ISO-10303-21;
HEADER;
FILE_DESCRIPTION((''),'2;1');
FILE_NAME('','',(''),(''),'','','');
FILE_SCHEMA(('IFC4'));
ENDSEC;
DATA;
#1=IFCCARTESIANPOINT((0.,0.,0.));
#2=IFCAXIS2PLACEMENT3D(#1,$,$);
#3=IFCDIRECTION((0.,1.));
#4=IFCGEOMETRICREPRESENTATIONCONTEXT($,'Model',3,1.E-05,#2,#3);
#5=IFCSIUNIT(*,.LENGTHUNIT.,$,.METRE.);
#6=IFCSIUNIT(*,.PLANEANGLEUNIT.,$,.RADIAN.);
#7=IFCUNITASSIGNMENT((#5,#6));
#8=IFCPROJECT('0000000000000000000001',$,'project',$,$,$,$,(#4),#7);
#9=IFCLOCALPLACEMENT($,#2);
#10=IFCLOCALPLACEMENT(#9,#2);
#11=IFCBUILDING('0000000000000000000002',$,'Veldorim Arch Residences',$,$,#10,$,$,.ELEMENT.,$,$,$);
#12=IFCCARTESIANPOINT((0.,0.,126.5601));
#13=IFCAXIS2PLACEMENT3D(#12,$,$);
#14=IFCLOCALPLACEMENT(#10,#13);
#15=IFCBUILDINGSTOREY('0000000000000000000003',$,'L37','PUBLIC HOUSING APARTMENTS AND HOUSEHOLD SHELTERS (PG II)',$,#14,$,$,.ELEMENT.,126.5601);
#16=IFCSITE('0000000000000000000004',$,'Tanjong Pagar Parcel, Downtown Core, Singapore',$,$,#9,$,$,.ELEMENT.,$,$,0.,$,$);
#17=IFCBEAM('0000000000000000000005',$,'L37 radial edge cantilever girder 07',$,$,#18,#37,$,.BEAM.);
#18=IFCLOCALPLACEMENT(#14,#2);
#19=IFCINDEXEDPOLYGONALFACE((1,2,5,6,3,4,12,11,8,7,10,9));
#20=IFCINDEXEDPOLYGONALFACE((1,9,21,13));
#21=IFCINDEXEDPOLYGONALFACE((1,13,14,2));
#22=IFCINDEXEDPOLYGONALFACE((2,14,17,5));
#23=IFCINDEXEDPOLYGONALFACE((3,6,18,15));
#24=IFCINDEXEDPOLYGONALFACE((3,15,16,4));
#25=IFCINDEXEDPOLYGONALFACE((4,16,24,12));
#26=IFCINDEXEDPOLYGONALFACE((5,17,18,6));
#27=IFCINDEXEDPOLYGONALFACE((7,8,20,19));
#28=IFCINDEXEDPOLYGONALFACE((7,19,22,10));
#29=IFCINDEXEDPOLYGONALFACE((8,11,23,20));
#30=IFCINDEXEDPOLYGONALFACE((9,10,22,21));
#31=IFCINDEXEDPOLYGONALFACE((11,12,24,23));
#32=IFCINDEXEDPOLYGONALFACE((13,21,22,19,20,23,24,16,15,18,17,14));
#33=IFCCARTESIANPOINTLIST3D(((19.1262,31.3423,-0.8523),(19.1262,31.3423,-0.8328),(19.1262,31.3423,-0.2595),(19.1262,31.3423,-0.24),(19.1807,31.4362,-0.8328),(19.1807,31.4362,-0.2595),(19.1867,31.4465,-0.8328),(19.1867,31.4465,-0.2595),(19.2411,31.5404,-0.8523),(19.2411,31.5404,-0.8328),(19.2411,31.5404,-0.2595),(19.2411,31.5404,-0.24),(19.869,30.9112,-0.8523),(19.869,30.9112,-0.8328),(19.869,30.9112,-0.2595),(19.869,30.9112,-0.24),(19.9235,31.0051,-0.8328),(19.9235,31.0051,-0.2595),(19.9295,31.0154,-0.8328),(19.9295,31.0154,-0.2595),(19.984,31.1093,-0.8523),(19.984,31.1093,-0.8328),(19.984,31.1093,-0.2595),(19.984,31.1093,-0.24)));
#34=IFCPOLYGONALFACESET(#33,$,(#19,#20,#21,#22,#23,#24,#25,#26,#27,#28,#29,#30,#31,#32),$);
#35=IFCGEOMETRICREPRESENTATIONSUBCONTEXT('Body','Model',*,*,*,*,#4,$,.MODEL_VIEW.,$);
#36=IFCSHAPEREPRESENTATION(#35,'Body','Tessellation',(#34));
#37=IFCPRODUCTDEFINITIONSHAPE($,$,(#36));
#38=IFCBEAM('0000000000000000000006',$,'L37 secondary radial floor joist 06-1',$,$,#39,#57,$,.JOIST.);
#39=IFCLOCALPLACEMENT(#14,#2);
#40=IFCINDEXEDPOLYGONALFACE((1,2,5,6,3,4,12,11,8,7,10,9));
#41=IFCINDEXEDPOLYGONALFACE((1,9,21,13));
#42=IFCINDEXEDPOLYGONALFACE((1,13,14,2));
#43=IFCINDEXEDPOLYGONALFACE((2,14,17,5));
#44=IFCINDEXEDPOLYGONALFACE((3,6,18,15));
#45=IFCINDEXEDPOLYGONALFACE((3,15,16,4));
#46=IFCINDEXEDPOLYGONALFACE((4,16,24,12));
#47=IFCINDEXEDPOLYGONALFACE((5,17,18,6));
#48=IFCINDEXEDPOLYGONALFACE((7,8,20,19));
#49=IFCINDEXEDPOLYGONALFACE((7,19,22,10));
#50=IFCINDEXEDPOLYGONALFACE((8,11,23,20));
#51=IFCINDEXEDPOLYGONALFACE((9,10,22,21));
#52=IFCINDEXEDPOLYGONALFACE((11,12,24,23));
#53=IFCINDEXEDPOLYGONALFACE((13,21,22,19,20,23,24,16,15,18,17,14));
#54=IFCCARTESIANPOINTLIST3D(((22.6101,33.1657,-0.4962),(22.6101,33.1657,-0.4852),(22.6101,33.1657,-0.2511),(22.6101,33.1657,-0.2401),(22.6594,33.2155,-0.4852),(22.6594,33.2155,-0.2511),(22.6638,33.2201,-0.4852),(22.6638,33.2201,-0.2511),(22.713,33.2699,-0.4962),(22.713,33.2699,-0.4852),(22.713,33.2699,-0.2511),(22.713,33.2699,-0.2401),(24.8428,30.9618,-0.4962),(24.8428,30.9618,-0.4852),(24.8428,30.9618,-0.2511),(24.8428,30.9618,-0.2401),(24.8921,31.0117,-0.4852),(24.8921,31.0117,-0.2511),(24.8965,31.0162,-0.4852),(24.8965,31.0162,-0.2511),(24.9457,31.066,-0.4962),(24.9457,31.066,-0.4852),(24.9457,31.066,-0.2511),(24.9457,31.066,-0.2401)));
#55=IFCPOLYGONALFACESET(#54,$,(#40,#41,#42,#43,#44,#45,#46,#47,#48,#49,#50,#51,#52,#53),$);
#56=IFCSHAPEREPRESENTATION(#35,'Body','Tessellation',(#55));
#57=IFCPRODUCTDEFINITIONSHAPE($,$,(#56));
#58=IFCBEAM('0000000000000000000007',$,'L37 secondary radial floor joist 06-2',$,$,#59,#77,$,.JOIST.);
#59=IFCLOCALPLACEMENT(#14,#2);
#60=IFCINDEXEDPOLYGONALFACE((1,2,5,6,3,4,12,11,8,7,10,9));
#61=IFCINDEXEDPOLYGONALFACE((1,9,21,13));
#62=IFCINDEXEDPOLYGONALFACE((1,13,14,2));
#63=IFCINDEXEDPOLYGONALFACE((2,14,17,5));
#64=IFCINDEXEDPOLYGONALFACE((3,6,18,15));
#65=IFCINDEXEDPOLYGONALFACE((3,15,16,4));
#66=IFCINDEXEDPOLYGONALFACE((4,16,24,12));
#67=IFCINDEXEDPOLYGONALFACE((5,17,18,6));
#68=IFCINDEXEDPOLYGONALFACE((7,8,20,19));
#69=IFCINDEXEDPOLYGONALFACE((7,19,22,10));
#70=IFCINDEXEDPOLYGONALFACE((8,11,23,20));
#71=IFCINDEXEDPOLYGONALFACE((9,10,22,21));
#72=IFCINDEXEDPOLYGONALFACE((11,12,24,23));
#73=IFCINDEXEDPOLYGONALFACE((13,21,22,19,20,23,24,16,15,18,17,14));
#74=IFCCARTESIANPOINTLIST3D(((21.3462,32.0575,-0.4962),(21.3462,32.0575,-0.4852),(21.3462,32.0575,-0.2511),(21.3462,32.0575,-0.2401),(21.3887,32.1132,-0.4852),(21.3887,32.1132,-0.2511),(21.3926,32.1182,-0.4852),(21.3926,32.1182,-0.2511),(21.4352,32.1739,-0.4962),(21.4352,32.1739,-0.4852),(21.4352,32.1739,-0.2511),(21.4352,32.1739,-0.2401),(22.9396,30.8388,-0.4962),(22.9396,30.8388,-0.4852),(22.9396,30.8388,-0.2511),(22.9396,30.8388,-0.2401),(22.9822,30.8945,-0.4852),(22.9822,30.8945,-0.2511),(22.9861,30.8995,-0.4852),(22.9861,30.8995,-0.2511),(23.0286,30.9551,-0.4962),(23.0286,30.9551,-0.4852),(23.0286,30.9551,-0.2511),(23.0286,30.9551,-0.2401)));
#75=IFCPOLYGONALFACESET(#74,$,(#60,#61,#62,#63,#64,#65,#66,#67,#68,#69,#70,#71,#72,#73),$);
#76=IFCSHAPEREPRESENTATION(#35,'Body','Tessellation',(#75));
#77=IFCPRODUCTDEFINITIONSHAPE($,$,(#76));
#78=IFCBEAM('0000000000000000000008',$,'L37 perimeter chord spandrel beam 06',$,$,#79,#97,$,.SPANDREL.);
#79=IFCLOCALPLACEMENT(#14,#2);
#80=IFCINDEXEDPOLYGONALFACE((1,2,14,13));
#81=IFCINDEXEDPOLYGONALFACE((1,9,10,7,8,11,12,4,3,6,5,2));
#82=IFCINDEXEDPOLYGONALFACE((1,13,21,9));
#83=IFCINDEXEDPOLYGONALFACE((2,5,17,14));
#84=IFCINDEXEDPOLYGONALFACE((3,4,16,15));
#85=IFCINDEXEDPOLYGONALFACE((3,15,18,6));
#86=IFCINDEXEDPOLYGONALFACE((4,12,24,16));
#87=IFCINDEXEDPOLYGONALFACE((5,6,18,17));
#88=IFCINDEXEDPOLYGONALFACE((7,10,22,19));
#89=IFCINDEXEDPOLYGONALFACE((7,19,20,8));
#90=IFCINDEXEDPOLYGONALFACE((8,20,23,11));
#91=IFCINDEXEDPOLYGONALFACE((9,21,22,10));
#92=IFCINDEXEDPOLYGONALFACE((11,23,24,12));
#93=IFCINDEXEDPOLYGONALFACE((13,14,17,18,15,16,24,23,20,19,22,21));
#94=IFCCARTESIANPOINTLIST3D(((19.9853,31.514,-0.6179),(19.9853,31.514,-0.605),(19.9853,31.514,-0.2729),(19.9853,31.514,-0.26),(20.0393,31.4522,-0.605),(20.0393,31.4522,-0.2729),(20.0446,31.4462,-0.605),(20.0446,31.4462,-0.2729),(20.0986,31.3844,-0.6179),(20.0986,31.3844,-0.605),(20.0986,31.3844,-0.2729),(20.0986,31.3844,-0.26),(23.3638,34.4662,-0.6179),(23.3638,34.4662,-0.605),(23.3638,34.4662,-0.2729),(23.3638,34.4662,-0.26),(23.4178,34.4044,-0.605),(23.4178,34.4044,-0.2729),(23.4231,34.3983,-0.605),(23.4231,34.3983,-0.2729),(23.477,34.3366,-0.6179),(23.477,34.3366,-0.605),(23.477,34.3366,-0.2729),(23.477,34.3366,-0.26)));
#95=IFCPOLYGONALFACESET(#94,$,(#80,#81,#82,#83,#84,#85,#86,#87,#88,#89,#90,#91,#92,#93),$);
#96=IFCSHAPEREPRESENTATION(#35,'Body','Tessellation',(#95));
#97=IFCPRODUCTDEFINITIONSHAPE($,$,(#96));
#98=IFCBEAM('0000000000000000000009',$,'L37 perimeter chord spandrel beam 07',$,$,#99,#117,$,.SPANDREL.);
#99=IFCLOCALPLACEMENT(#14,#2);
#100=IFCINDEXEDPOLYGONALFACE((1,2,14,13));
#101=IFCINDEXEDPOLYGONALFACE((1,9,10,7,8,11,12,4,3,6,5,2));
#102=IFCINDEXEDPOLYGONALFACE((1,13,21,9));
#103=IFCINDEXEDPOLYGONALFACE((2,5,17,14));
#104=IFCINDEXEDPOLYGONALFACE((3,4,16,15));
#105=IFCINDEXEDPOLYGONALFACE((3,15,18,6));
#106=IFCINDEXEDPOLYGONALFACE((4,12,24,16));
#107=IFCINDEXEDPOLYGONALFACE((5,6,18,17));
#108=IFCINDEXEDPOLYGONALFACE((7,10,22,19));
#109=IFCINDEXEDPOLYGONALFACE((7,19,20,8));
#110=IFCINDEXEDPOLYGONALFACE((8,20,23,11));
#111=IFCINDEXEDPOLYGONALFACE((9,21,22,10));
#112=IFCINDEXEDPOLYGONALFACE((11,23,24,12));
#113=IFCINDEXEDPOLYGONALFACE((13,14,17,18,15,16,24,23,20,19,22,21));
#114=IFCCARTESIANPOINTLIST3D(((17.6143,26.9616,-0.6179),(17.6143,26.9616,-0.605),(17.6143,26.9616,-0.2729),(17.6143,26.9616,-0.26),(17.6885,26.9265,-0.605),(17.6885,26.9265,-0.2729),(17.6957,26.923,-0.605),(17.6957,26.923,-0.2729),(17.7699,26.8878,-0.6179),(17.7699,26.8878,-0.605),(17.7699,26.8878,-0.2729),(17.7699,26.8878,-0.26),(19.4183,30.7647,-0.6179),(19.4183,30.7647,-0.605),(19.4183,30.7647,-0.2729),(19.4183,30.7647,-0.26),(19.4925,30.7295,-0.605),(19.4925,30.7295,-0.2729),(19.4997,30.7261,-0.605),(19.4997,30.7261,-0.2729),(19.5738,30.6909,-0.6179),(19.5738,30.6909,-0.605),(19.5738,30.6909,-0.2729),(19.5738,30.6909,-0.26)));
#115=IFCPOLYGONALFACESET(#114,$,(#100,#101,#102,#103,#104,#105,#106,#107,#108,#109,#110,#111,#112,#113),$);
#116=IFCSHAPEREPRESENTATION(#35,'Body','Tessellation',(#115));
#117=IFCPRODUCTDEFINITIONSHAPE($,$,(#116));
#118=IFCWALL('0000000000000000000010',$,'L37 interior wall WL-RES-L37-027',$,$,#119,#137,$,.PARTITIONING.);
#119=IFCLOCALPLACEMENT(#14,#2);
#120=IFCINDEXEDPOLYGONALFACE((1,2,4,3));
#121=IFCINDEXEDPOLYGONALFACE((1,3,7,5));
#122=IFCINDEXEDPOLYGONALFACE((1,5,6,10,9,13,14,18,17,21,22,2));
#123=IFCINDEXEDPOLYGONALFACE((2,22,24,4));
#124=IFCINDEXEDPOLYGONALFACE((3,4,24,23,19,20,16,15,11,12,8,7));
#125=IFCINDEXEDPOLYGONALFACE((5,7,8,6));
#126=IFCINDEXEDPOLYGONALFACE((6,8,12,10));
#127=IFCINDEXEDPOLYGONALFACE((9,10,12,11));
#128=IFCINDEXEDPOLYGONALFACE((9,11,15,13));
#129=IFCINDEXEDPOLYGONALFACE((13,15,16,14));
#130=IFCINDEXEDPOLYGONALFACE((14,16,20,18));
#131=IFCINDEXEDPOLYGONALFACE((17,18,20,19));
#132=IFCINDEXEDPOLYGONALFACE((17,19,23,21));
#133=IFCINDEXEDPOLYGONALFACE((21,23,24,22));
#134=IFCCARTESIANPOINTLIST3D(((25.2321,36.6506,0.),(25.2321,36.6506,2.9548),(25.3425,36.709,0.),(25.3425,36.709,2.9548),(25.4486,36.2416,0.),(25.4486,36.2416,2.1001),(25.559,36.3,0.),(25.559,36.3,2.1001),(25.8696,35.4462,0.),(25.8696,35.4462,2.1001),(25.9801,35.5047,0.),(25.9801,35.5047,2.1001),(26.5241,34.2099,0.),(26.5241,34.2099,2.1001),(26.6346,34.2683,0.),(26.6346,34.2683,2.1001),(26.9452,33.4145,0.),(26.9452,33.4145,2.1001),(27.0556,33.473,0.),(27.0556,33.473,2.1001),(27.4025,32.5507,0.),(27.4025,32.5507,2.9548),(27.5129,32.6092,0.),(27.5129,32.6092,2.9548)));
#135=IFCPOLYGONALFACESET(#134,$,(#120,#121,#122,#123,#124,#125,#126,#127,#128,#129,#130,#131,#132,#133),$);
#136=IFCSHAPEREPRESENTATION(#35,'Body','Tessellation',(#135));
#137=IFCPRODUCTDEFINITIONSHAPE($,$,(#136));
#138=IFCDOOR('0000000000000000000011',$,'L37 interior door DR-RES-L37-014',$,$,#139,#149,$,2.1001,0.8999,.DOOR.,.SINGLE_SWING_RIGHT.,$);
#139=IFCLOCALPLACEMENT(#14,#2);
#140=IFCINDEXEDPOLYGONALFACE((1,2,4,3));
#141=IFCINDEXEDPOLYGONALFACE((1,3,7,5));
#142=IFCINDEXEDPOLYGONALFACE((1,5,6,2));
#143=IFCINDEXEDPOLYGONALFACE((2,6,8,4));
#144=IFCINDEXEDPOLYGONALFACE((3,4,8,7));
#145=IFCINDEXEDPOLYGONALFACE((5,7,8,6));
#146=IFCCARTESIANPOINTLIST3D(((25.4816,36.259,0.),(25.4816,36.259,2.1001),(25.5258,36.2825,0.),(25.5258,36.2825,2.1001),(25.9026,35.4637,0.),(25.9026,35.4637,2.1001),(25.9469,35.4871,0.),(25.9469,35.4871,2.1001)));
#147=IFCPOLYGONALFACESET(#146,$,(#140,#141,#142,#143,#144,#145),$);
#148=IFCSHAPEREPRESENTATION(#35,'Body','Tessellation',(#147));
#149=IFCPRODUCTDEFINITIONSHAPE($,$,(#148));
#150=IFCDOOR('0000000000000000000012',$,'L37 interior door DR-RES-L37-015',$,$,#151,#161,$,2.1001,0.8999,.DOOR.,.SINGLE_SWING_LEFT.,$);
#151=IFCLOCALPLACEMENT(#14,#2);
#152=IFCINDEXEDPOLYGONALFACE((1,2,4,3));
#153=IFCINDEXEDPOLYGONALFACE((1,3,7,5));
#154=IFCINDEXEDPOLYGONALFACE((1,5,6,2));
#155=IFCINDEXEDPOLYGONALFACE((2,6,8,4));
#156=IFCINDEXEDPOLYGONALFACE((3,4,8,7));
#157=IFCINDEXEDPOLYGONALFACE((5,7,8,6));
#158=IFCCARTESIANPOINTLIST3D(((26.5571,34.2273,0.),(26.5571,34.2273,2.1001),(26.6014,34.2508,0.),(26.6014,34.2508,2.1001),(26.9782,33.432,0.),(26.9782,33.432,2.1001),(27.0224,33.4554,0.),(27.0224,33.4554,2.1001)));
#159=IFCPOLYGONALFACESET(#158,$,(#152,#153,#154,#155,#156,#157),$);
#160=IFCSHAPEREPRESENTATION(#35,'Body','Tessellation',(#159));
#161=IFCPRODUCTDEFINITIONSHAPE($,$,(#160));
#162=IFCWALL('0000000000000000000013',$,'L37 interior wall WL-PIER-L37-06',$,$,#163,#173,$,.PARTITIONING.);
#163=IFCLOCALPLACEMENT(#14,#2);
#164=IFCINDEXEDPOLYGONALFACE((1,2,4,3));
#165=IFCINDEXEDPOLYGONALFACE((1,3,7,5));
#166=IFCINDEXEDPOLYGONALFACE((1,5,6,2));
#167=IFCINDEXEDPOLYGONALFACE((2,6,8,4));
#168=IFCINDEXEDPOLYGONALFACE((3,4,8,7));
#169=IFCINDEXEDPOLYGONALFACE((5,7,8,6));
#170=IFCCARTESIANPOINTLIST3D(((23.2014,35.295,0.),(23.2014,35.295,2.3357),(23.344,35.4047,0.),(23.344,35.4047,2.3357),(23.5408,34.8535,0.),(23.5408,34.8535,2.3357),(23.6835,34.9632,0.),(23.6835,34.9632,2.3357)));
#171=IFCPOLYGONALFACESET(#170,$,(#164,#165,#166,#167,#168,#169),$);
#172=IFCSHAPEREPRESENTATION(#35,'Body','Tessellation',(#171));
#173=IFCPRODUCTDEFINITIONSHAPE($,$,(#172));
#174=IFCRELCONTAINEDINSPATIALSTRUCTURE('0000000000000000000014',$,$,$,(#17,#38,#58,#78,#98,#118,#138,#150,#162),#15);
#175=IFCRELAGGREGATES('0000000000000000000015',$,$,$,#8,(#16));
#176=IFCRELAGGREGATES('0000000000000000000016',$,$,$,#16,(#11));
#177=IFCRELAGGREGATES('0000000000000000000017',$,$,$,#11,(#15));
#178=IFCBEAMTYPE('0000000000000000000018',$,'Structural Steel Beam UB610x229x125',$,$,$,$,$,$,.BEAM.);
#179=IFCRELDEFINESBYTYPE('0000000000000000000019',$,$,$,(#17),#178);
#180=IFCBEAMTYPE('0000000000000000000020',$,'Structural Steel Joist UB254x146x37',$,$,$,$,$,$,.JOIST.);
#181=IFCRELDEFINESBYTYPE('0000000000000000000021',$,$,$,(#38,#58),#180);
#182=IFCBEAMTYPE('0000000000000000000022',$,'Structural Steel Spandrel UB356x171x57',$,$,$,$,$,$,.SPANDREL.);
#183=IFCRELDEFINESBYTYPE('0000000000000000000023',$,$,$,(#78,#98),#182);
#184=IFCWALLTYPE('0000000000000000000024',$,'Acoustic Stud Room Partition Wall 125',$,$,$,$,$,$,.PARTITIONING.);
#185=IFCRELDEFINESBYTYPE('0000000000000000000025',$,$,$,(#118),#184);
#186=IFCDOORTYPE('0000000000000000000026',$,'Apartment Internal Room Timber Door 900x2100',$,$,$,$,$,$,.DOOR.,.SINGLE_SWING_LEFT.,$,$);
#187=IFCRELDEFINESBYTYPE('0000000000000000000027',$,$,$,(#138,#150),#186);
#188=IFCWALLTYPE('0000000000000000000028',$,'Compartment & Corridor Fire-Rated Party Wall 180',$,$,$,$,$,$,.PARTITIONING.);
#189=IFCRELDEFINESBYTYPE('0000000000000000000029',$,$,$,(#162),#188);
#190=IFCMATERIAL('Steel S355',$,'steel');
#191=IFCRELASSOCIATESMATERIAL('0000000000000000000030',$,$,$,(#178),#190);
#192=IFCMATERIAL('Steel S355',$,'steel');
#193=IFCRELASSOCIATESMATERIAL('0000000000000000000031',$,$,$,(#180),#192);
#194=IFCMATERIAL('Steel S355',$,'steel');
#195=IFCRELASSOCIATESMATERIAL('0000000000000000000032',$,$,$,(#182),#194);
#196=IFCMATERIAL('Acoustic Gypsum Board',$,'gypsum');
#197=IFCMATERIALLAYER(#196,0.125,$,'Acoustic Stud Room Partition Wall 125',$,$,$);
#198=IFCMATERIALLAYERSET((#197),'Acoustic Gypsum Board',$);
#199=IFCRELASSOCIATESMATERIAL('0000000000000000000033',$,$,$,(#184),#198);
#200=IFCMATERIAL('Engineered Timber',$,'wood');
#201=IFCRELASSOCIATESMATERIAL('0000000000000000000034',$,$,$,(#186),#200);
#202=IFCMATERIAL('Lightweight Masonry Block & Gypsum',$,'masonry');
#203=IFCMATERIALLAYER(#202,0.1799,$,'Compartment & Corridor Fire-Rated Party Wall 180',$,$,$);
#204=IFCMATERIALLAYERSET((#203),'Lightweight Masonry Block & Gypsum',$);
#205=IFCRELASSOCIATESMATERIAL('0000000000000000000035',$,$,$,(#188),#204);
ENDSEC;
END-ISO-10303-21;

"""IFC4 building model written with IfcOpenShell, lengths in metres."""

from ifc_helpers import new_model, si_unit, direction, frame, frame_2d, origin, origin_2d, place, context, subcontext, project, spatial, rectangle, i_section, extrude, material, layer, layer_set, material_profile, profile_set, type_object, element, fill, save


model = new_model("IFC4")

# Units and contexts
model_context = context("Model", 3, precision=1e-05, world=origin(), true_north=direction((0.0, 1.0)))
body_context = subcontext(model_context, "Body", "Model", "MODEL_VIEW")
ifc_project = project(units=[si_unit("LENGTHUNIT", "METRE"), si_unit("PLANEANGLEUNIT", "RADIAN")], contexts=[model_context])

# Site, building, storey
site_placement = place(None, origin())
site = spatial("IfcSite", under=ifc_project, at=site_placement, Name="Tanjong Pagar Parcel, Downtown Core, Singapore", CompositionType="ELEMENT", RefElevation=0.0)
building_placement = place(site_placement, origin())
building = spatial("IfcBuilding", under=site, at=building_placement, Name="Veldorim Arch Residences", CompositionType="ELEMENT")
storey_placement = place(building_placement, frame((0.0, 0.0, 126.5601)))
storey = spatial("IfcBuildingStorey", under=building, at=storey_placement, Name="L37", Description="PUBLIC HOUSING APARTMENTS AND HOUSEHOLD SHELTERS (PG II)", CompositionType="ELEMENT", Elevation=126.5601)

# Beams
ifc_material_1 = material(Name="Steel S355", Category="steel")
ifc_material_profile_1 = material_profile(ifc_material_1, i_section(OverallWidth=0.229, OverallDepth=0.6123, WebThickness=0.012, FlangeThickness=0.0195, at=origin_2d()), Name="UB610x229x125")
ifc_profile_set_1 = profile_set([ifc_material_profile_1], Name="Steel S355")
beam_type_1 = type_object("IfcBeamType", Name="Structural Steel Beam UB610x229x125", PredefinedType="BEAM", material=ifc_profile_set_1)
beam_1_placement = place(storey_placement, frame((19.9265, 31.0103, -0.5461), z_axis=(-0.8649, 0.501944, 0.0), x_axis=(-0.501944, -0.8649, 0.0)))
element("IfcBeam", 1, at=beam_1_placement, inside=storey, type_object=beam_type_1, Name="L37 radial edge cantilever girder 07", PredefinedType="BEAM", context=body_context, shape_type="SweptSolid", body=[
    extrude(i_section(OverallWidth=0.229, OverallDepth=0.6123, WebThickness=0.012, FlangeThickness=0.0195, at=origin_2d()), origin(), (0.0, 0.0, 1.0), 0.8589),
])
ifc_material_2 = material(Name="Steel S355", Category="steel")
ifc_material_profile_2 = material_profile(ifc_material_2, i_section(OverallWidth=0.1465, OverallDepth=0.2561, WebThickness=0.0063, FlangeThickness=0.011, at=origin_2d()), Name="UB254x146x37")
ifc_profile_set_2 = profile_set([ifc_material_profile_2], Name="Steel S355")
beam_type_2 = type_object("IfcBeamType", Name="Structural Steel Joist UB254x146x37", PredefinedType="JOIST", material=ifc_profile_set_2)
beam_2_placement = place(storey_placement, frame((24.8943, 31.0139, -0.3682), z_axis=(-0.711683, 0.7025, 0.0), x_axis=(-0.7025, -0.711683, 0.0)))
element("IfcBeam", 2, at=beam_2_placement, inside=storey, type_object=beam_type_2, Name="L37 secondary radial floor joist 06-1", PredefinedType="JOIST", context=body_context, shape_type="SweptSolid", body=[
    extrude(i_section(OverallWidth=0.1465, OverallDepth=0.2561, WebThickness=0.0063, FlangeThickness=0.011, at=origin_2d()), origin(), (0.0, 0.0, 1.0), 3.1372),
])
beam_3_placement = place(storey_placement, frame((22.9841, 30.897, -0.3682), z_axis=(-0.794313, 0.607509, 0.0), x_axis=(-0.607509, -0.794313, 0.0)))
element("IfcBeam", 3, at=beam_3_placement, inside=storey, type_object=beam_type_2, Name="L37 secondary radial floor joist 06-2", PredefinedType="JOIST", context=body_context, shape_type="SweptSolid", body=[
    extrude(i_section(OverallWidth=0.1465, OverallDepth=0.2561, WebThickness=0.0063, FlangeThickness=0.011, at=origin_2d()), origin(), (0.0, 0.0, 1.0), 2.0061),
])
ifc_material_3 = material(Name="Steel S355", Category="steel")
ifc_material_profile_3 = material_profile(ifc_material_3, i_section(OverallWidth=0.1721, OverallDepth=0.3579, WebThickness=0.0081, FlangeThickness=0.0129, at=origin_2d()), Name="UB356x171x57")
ifc_profile_set_3 = profile_set([ifc_material_profile_3], Name="Steel S355")
beam_type_3 = type_object("IfcBeamType", Name="Structural Steel Spandrel UB356x171x57", PredefinedType="SPANDREL", material=ifc_profile_set_3)
beam_4_placement = place(storey_placement, frame((23.4204, 34.4014, -0.439), z_axis=(-0.753015, -0.658004, 0.0), x_axis=(0.658004, -0.753015, 0.0)))
element("IfcBeam", 4, at=beam_4_placement, inside=storey, type_object=beam_type_3, Name="L37 perimeter chord spandrel beam 06", PredefinedType="SPANDREL", context=body_context, shape_type="SweptSolid", body=[
    extrude(i_section(OverallWidth=0.1721, OverallDepth=0.3579, WebThickness=0.0081, FlangeThickness=0.0129, at=origin_2d()), origin(), (0.0, 0.0, 1.0), 4.4866),
])
beam_5_placement = place(storey_placement, frame((19.4961, 30.7278, -0.439), z_axis=(-0.42858, -0.903504, 0.0), x_axis=(0.903504, -0.42858, 0.0)))
element("IfcBeam", 5, at=beam_5_placement, inside=storey, type_object=beam_type_3, Name="L37 perimeter chord spandrel beam 07", PredefinedType="SPANDREL", context=body_context, shape_type="SweptSolid", body=[
    extrude(i_section(OverallWidth=0.1721, OverallDepth=0.3579, WebThickness=0.0081, FlangeThickness=0.0129, at=origin_2d()), origin(), (0.0, 0.0, 1.0), 4.2092),
])

# Wall, openings, doors
ifc_material_4 = material(Name="Acoustic Gypsum Board", Category="gypsum")
ifc_layer_1 = layer(ifc_material_4, 0.125, Name="Acoustic Stud Room Partition Wall 125")
ifc_layer_set_1 = layer_set([ifc_layer_1], Name="Acoustic Gypsum Board")
wall_type_1 = type_object("IfcWallType", Name="Acoustic Stud Room Partition Wall 125", PredefinedType="PARTITIONING", material=ifc_layer_set_1)
wall_1_placement = place(storey_placement, frame((25.2874, 36.6797, 0.0), z_axis=(0.0, 0.0, 1.0), x_axis=(0.467871, -0.883797, 0.0)))
wall_1 = element("IfcWall", 6, at=wall_1_placement, inside=storey, type_object=wall_type_1, Name="L37 interior wall WL-RES-L37-027", PredefinedType="PARTITIONING", context=body_context, shape_type="SweptSolid", body=[
    extrude(rectangle(XDim=4.6389, YDim=0.125, at=frame_2d((2.3193, 0.0))), origin(), (0.0, 0.0, 1.0), 2.9548),
])
opening_1_placement = place(wall_1_placement, frame((0.4626, 0.0, 0.0)))
opening_1 = element("IfcOpeningElement", 7, at=opening_1_placement, cuts=wall_1, PredefinedType="OPENING", context=body_context, shape_type="SweptSolid", body=[
    extrude(rectangle(XDim=0.8999, YDim=2.1001, at=frame_2d((0.45, 1.05))), frame((0.0, 0.0725, 0.0), z_axis=(0.0, -1.0, 0.0), x_axis=(1.0, 0.0, 0.0)), (0.0, 0.0, 1.0), 0.145),
])
opening_2_placement = place(wall_1_placement, frame((2.7615, 0.0, 0.0)))
opening_2 = element("IfcOpeningElement", 8, at=opening_2_placement, cuts=wall_1, PredefinedType="OPENING", context=body_context, shape_type="SweptSolid", body=[
    extrude(rectangle(XDim=0.8999, YDim=2.1001, at=frame_2d((0.45, 1.05))), frame((0.0, 0.0725, 0.0), z_axis=(0.0, -1.0, 0.0), x_axis=(1.0, 0.0, 0.0)), (0.0, 0.0, 1.0), 0.145),
])
ifc_material_5 = material(Name="Engineered Timber", Category="wood")
door_type_1 = type_object("IfcDoorType", Name="Apartment Internal Room Timber Door 900x2100", OperationType="SINGLE_SWING_LEFT", PredefinedType="DOOR", material=ifc_material_5)
door_1_placement = place(opening_1_placement, origin())
door_1 = element("IfcDoor", 9, at=door_1_placement, inside=storey, type_object=door_type_1, Name="L37 interior door DR-RES-L37-014", OperationType="SINGLE_SWING_RIGHT", OverallHeight=2.1001, OverallWidth=0.8999, PredefinedType="DOOR", context=body_context, shape_type="SweptSolid", body=[
    extrude(rectangle(XDim=0.8999, YDim=2.1001, at=frame_2d((0.45, 1.05))), frame((0.0, 0.0249, 0.0), z_axis=(0.0, -1.0, 0.0), x_axis=(1.0, 0.0, 0.0)), (0.0, 0.0, 1.0), 0.05),
])
fill(opening_1, door_1)
door_2_placement = place(opening_2_placement, origin())
door_2 = element("IfcDoor", 10, at=door_2_placement, inside=storey, type_object=door_type_1, Name="L37 interior door DR-RES-L37-015", OperationType="SINGLE_SWING_LEFT", OverallHeight=2.1001, OverallWidth=0.8999, PredefinedType="DOOR", context=body_context, shape_type="SweptSolid", body=[
    extrude(rectangle(XDim=0.8999, YDim=2.1001, at=frame_2d((0.45, 1.05))), frame((0.0, 0.0249, 0.0), z_axis=(0.0, -1.0, 0.0), x_axis=(1.0, 0.0, 0.0)), (0.0, 0.0, 1.0), 0.05),
])
fill(opening_2, door_2)

# Wall
ifc_material_6 = material(Name="Lightweight Masonry Block & Gypsum", Category="masonry")
ifc_layer_2 = layer(ifc_material_6, 0.1799, Name="Compartment & Corridor Fire-Rated Party Wall 180")
ifc_layer_set_2 = layer_set([ifc_layer_2], Name="Lightweight Masonry Block & Gypsum")
wall_type_2 = type_object("IfcWallType", Name="Compartment & Corridor Fire-Rated Party Wall 180", PredefinedType="PARTITIONING", material=ifc_layer_set_2)
wall_2_placement = place(storey_placement, frame((23.6121, 34.9084, 0.0), z_axis=(0.0, 0.0, 1.0), x_axis=(-0.609499, 0.792787, 0.0)))
element("IfcWall", 11, at=wall_2_placement, inside=storey, type_object=wall_type_2, Name="L37 interior wall WL-PIER-L37-06", PredefinedType="PARTITIONING", context=body_context, shape_type="SweptSolid", body=[
    extrude(rectangle(XDim=0.5569, YDim=0.1799, at=frame_2d((0.2783, 0.0))), origin(), (0.0, 0.0, 1.0), 2.3357),
])

save(model, "model.ifc")
